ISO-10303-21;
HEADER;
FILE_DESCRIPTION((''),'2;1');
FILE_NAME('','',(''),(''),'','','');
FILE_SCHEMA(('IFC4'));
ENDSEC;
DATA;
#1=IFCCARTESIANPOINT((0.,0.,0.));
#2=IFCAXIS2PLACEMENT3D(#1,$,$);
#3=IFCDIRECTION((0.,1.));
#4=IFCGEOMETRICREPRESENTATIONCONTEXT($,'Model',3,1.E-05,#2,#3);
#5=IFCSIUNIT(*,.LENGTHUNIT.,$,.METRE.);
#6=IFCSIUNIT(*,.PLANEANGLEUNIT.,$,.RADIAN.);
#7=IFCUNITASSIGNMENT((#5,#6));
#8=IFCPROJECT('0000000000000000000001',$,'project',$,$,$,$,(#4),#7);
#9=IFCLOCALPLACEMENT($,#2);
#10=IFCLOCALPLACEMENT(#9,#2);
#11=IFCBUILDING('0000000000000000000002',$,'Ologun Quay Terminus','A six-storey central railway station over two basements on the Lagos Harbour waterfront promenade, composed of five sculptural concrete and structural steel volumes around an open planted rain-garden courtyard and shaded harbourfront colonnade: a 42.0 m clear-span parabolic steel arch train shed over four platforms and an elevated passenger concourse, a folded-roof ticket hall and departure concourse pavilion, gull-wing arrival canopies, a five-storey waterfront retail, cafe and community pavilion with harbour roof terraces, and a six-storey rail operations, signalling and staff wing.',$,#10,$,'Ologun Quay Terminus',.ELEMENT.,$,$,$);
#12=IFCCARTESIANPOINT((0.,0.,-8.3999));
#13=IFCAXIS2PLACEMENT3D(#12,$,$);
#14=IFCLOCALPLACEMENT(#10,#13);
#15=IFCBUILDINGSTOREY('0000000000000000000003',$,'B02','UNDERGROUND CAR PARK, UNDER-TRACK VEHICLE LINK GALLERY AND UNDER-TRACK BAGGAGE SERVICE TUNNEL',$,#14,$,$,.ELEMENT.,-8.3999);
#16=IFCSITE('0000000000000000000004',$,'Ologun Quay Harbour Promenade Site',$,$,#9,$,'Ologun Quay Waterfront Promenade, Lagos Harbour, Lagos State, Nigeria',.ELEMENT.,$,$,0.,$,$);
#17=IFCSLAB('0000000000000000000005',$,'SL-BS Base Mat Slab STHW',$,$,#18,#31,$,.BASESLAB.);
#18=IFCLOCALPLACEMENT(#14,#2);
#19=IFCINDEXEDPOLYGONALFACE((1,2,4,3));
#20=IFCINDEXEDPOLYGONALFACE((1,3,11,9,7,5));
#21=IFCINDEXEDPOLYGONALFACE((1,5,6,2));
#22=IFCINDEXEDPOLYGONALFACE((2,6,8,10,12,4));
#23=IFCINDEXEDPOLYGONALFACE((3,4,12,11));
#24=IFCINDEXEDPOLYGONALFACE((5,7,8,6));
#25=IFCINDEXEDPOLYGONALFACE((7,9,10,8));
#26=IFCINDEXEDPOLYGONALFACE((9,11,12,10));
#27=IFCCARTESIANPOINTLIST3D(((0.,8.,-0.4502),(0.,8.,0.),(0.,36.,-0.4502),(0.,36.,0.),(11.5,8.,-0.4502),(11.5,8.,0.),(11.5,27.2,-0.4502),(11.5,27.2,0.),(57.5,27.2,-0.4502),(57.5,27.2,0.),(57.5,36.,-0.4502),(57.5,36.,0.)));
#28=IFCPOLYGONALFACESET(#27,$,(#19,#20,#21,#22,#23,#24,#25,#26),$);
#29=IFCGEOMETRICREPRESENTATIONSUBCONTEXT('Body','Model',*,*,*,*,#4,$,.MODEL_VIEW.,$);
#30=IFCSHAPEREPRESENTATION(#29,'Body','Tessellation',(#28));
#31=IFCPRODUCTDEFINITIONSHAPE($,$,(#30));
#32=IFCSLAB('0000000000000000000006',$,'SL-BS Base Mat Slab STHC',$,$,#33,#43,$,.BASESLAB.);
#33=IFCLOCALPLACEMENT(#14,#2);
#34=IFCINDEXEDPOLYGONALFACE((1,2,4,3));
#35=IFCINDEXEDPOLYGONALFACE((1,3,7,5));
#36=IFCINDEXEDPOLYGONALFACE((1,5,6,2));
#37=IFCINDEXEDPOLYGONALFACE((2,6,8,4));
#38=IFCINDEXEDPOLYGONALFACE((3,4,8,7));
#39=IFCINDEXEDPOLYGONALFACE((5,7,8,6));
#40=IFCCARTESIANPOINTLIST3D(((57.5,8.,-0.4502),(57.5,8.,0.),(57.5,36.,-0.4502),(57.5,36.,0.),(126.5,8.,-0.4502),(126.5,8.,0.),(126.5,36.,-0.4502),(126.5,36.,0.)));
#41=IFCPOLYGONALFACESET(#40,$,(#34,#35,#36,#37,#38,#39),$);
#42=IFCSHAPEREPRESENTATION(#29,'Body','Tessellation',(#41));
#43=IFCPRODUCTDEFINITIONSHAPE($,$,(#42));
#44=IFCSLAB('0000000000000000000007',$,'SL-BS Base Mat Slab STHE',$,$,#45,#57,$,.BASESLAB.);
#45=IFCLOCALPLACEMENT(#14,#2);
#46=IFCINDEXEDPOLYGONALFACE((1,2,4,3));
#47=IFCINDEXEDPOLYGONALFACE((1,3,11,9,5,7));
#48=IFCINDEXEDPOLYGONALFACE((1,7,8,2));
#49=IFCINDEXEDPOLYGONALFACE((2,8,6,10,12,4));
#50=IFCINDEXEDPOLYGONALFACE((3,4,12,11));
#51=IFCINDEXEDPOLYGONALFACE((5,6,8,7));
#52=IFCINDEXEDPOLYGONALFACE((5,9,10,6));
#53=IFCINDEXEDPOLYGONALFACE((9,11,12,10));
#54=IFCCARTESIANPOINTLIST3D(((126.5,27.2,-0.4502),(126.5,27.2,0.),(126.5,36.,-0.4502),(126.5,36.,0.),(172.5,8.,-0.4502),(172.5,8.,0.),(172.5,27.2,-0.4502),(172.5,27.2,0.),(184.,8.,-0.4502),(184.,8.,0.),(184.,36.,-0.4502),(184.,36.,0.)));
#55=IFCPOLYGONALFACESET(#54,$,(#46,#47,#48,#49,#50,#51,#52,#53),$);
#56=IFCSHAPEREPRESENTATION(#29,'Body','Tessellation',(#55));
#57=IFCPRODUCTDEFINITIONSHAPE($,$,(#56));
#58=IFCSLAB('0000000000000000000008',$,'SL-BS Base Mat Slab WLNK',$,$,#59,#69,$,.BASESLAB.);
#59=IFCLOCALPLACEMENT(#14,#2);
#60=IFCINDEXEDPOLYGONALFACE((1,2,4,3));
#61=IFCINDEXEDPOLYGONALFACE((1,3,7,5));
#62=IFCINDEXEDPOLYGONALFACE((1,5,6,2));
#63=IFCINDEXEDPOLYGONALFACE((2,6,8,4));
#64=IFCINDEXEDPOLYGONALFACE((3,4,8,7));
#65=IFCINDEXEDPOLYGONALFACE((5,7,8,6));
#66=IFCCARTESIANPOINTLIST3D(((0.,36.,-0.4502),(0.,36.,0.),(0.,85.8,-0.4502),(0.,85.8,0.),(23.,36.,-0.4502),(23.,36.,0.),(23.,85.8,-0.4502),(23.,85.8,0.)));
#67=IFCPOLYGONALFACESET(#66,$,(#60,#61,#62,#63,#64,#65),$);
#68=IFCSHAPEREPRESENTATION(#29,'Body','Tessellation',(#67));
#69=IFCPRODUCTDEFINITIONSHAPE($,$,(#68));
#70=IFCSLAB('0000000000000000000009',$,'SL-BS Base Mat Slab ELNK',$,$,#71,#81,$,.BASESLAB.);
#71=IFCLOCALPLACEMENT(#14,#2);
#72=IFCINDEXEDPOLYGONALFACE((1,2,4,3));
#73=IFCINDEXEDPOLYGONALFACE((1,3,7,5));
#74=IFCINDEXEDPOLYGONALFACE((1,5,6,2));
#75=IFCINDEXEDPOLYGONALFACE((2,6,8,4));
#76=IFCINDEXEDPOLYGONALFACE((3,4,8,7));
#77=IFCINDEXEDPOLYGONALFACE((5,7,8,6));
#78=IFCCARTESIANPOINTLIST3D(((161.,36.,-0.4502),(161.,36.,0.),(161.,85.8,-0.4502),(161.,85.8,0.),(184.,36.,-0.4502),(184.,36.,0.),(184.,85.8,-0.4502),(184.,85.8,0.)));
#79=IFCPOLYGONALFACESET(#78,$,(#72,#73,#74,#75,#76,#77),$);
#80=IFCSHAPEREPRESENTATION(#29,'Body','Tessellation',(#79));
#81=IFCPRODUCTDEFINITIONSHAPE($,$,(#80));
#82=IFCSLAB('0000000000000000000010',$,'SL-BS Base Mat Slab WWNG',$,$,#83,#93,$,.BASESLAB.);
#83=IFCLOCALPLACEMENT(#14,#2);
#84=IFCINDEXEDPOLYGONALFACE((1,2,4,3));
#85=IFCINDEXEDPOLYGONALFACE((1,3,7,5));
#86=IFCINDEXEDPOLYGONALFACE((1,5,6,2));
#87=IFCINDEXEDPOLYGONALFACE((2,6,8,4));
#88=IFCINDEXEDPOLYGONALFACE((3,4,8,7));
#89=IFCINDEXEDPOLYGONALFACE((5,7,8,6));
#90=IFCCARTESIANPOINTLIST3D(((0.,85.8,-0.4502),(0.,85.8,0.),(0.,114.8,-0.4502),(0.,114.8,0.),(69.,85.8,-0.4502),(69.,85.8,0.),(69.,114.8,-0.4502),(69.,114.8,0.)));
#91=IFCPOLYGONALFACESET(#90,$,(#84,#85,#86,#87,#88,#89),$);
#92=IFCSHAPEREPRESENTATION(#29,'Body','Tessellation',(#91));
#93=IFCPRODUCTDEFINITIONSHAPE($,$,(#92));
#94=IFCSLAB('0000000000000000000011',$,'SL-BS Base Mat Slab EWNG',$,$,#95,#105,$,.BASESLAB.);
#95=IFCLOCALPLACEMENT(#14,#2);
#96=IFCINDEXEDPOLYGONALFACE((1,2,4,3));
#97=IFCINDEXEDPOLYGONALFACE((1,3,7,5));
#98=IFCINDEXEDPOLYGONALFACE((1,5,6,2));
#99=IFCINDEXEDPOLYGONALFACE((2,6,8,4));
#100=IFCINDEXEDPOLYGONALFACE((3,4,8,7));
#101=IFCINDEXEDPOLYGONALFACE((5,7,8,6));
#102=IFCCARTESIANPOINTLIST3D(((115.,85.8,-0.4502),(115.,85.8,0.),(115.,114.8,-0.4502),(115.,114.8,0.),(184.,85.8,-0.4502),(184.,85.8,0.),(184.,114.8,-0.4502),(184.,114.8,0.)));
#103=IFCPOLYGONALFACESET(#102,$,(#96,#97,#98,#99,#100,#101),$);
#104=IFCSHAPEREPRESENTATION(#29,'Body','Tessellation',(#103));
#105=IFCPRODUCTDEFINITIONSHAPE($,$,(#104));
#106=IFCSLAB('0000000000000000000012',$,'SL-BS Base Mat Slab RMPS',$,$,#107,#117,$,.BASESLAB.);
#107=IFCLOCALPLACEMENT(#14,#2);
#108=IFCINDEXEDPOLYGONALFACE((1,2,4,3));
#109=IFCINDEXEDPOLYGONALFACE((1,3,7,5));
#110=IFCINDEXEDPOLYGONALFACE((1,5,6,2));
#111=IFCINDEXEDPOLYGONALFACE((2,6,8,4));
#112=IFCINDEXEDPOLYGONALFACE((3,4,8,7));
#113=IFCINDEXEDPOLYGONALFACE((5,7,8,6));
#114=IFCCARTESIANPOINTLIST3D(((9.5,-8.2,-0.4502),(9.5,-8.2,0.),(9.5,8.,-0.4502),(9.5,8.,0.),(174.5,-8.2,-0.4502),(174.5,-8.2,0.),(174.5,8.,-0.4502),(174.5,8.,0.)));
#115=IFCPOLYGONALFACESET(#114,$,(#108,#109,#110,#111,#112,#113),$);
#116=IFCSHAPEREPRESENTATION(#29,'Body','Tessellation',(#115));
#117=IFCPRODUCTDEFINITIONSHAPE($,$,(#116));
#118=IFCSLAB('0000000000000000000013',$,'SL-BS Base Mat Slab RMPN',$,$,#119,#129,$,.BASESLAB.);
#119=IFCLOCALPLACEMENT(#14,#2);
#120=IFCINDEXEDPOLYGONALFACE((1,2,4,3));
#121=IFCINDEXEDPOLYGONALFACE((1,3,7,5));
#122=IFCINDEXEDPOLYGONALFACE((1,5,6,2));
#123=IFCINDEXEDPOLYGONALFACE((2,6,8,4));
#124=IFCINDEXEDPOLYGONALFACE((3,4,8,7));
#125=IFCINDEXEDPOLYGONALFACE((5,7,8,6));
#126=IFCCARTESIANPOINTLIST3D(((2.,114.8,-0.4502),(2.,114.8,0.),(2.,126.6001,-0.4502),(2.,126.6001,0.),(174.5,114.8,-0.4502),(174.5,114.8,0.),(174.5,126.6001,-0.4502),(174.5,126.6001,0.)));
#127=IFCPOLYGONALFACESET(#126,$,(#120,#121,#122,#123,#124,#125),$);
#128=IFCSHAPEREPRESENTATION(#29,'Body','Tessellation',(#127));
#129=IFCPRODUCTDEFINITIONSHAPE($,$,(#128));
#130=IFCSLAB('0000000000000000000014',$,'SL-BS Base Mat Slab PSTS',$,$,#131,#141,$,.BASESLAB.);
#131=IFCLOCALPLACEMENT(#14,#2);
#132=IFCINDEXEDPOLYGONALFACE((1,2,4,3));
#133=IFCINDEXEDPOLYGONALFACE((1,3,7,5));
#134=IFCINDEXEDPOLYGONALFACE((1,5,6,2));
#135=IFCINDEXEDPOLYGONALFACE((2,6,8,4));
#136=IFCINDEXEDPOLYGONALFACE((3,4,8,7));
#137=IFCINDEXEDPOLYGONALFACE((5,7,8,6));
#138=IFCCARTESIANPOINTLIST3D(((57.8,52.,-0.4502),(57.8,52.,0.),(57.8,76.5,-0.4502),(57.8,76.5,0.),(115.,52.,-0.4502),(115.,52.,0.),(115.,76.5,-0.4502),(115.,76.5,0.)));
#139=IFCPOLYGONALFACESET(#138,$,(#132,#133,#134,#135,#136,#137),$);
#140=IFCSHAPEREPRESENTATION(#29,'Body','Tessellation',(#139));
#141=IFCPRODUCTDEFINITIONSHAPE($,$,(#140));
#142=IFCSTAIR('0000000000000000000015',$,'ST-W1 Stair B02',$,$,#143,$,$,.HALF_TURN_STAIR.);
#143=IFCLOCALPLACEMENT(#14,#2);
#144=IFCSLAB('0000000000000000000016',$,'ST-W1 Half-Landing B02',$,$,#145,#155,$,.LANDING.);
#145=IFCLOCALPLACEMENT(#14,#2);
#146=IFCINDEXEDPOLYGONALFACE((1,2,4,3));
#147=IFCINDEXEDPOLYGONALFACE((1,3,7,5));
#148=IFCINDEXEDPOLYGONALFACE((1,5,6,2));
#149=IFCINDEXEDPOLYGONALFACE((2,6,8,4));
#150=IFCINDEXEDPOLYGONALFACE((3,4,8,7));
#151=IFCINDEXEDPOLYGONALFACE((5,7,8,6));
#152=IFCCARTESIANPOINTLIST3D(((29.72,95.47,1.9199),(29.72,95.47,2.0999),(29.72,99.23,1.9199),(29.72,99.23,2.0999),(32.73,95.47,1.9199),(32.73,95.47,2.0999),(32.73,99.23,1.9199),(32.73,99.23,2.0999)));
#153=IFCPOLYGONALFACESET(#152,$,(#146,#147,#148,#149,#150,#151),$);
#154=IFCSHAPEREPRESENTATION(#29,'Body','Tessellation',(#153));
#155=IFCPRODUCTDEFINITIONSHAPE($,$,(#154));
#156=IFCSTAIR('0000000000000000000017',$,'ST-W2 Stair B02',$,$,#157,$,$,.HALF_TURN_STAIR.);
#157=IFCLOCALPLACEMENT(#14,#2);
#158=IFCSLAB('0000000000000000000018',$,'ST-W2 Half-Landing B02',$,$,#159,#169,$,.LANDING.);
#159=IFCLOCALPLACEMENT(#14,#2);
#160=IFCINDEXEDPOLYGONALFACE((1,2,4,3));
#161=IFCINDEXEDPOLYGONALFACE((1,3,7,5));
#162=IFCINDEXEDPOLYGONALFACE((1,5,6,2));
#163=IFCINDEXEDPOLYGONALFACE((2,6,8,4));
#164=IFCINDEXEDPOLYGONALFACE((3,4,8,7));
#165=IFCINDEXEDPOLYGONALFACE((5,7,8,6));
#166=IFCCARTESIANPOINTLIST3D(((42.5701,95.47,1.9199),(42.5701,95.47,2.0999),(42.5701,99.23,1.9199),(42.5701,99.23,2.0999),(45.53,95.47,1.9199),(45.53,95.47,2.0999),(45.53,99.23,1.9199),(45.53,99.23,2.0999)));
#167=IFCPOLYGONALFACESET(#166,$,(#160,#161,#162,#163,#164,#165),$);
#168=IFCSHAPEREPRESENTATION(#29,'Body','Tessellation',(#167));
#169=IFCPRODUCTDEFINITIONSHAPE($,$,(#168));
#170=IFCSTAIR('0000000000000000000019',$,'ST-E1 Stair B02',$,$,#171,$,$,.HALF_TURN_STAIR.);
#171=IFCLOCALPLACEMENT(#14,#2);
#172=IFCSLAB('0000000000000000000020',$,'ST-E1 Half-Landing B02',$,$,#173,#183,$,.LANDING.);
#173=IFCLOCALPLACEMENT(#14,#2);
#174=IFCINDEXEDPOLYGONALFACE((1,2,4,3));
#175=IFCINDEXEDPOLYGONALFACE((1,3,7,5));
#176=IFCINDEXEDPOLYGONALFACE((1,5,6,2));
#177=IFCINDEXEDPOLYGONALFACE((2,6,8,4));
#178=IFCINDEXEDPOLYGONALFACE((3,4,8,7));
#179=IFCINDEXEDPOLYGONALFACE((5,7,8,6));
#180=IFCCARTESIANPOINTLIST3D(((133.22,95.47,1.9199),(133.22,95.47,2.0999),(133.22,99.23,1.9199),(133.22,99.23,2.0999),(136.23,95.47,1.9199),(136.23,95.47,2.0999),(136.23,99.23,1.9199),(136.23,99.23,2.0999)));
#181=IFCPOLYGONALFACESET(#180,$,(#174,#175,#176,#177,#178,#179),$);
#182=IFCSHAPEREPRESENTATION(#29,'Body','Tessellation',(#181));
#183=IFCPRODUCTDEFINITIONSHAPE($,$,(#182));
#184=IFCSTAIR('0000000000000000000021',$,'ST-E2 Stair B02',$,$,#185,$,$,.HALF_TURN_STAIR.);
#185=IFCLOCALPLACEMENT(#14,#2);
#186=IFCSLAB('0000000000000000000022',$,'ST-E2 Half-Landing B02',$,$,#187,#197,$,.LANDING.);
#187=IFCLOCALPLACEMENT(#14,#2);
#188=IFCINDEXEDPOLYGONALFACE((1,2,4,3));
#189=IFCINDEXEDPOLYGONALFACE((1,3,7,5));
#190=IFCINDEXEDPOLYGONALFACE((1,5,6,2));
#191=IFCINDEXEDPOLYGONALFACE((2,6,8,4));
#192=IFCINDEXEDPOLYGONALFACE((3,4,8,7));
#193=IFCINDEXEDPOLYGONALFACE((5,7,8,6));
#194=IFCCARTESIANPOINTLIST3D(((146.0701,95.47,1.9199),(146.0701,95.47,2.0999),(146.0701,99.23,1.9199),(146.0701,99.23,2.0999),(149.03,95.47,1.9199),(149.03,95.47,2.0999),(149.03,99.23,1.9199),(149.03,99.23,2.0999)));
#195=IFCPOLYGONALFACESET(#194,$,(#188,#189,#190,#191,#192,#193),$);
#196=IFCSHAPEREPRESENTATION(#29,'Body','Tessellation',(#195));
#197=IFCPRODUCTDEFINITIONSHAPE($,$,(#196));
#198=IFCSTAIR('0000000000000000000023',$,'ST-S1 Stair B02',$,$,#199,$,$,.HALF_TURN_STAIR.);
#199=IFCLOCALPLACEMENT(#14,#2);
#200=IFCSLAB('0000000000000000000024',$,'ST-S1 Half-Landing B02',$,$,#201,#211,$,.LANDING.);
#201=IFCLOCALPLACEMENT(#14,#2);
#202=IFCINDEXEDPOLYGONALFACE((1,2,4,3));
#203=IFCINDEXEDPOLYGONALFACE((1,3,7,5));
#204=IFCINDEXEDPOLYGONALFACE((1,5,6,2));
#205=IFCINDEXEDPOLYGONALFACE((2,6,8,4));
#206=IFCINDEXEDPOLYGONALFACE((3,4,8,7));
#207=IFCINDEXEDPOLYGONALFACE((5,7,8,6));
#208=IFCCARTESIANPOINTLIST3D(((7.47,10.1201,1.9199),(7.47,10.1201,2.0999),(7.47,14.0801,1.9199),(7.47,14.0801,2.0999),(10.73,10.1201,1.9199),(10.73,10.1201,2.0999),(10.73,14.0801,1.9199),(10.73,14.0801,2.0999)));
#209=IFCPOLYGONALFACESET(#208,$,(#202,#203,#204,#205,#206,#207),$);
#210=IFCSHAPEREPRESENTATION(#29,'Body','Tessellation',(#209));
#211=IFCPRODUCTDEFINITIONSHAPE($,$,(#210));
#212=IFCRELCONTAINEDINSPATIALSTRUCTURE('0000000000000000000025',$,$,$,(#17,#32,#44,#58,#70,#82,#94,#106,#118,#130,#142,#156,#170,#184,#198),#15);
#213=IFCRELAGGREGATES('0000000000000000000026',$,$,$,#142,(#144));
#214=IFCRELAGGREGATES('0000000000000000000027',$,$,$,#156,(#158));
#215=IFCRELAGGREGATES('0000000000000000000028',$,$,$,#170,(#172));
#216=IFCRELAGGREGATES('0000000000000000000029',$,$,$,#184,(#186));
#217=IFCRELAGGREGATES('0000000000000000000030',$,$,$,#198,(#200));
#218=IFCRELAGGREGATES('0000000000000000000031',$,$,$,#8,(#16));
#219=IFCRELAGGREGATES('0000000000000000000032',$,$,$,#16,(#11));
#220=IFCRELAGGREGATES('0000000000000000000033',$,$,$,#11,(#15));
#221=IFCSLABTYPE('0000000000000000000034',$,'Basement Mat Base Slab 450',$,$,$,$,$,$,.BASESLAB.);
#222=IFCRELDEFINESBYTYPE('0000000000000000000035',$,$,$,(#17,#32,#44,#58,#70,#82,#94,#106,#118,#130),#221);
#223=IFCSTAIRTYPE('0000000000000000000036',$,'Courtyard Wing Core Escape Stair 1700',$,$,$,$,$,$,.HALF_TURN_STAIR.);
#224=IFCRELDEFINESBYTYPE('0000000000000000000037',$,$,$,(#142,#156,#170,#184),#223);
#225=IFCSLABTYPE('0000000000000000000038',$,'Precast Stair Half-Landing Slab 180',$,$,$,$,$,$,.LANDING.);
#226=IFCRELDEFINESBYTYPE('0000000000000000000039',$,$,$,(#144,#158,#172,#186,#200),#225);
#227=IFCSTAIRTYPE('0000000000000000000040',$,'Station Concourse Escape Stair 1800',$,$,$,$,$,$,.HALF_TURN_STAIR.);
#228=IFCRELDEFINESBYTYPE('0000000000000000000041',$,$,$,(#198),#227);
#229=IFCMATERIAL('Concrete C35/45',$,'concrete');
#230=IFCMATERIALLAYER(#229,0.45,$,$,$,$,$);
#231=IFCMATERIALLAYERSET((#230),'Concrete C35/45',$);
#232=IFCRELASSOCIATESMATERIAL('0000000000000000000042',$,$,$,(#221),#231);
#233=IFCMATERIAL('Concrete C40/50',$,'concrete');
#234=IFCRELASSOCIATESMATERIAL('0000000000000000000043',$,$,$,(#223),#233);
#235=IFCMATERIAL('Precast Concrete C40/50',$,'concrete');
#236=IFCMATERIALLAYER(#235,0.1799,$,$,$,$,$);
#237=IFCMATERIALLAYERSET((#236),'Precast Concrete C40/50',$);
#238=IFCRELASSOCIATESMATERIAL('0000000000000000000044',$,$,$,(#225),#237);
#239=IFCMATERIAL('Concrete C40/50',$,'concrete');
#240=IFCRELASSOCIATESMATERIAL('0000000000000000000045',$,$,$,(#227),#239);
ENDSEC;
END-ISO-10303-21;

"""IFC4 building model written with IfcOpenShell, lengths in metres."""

from ifc_helpers import new_model, si_unit, direction, frame, origin, place, context, subcontext, project, spatial, polyline, outline, extrude, material, layer, layer_set, type_object, element, aggregate, save


model = new_model("IFC4")

# Units and contexts
model_context = context("Model", 3, precision=1e-05, world=origin(), true_north=direction((0.0, 1.0)))
body_context = subcontext(model_context, "Body", "Model", "MODEL_VIEW")
ifc_project = project(units=[si_unit("LENGTHUNIT", "METRE"), si_unit("PLANEANGLEUNIT", "RADIAN")], contexts=[model_context])

# Site, building, storey
site_placement = place(None, origin())
site = spatial("IfcSite", under=ifc_project, at=site_placement, Name="Ologun Quay Harbour Promenade Site", LongName="Ologun Quay Waterfront Promenade, Lagos Harbour, Lagos State, Nigeria", CompositionType="ELEMENT", RefElevation=0.0)
building_placement = place(site_placement, origin())
building = spatial("IfcBuilding", under=site, at=building_placement, Name="Ologun Quay Terminus", Description="A six-storey central railway station over two basements on the Lagos Harbour waterfront promenade, composed of five sculptural concrete and structural steel volumes around an open planted rain-garden courtyard and shaded harbourfront colonnade: a 42.0 m clear-span parabolic steel arch train shed over four platforms and an elevated passenger concourse, a folded-roof ticket hall and departure concourse pavilion, gull-wing arrival canopies, a five-storey waterfront retail, cafe and community pavilion with harbour roof terraces, and a six-storey rail operations, signalling and staff wing.", LongName="Ologun Quay Terminus", CompositionType="ELEMENT")
storey_placement = place(building_placement, frame((0.0, 0.0, -8.3999)))
storey = spatial("IfcBuildingStorey", under=building, at=storey_placement, Name="B02", Description="UNDERGROUND CAR PARK, UNDER-TRACK VEHICLE LINK GALLERY AND UNDER-TRACK BAGGAGE SERVICE TUNNEL", CompositionType="ELEMENT", Elevation=-8.3999)

# Slabs
ifc_material_1 = material(Name="Concrete C35/45", Category="concrete")
ifc_layer_1 = layer(ifc_material_1, 0.45)
ifc_layer_set_1 = layer_set([ifc_layer_1], Name="Concrete C35/45")
slab_type_1 = type_object("IfcSlabType", Name="Basement Mat Base Slab 450", PredefinedType="BASESLAB", material=ifc_layer_set_1)
slab_1_placement = place(storey_placement, frame((0.0, 0.0, -0.4502)))
element("IfcSlab", 1, at=slab_1_placement, inside=storey, type_object=slab_type_1, Name="SL-BS Base Mat Slab STHW", PredefinedType="BASESLAB", context=body_context, shape_type="SweptSolid", body=[
    extrude(outline(polyline([(0.0, 8.0), (11.5, 8.0), (11.5, 27.2), (57.5, 27.2), (57.5, 36.0), (0.0, 36.0), (0.0, 8.0)])), origin(), (0.0, 0.0, 1.0), 0.4502),
])
slab_2_placement = place(storey_placement, frame((0.0, 0.0, -0.4502)))
element("IfcSlab", 2, at=slab_2_placement, inside=storey, type_object=slab_type_1, Name="SL-BS Base Mat Slab STHC", PredefinedType="BASESLAB", context=body_context, shape_type="SweptSolid", body=[
    extrude(outline(polyline([(57.5, 8.0), (126.5, 8.0), (126.5, 36.0), (57.5, 36.0), (57.5, 8.0)])), origin(), (0.0, 0.0, 1.0), 0.4502),
])
slab_3_placement = place(storey_placement, frame((0.0, 0.0, -0.4502)))
element("IfcSlab", 3, at=slab_3_placement, inside=storey, type_object=slab_type_1, Name="SL-BS Base Mat Slab STHE", PredefinedType="BASESLAB", context=body_context, shape_type="SweptSolid", body=[
    extrude(outline(polyline([(126.5, 27.2), (172.5, 27.2), (172.5, 8.0), (184.0, 8.0), (184.0, 36.0), (126.5, 36.0), (126.5, 27.2)])), origin(), (0.0, 0.0, 1.0), 0.4502),
])
slab_4_placement = place(storey_placement, frame((0.0, 0.0, -0.4502)))
element("IfcSlab", 4, at=slab_4_placement, inside=storey, type_object=slab_type_1, Name="SL-BS Base Mat Slab WLNK", PredefinedType="BASESLAB", context=body_context, shape_type="SweptSolid", body=[
    extrude(outline(polyline([(0.0, 36.0), (23.0, 36.0), (23.0, 85.8), (0.0, 85.8), (0.0, 36.0)])), origin(), (0.0, 0.0, 1.0), 0.4502),
])
slab_5_placement = place(storey_placement, frame((0.0, 0.0, -0.4502)))
element("IfcSlab", 5, at=slab_5_placement, inside=storey, type_object=slab_type_1, Name="SL-BS Base Mat Slab ELNK", PredefinedType="BASESLAB", context=body_context, shape_type="SweptSolid", body=[
    extrude(outline(polyline([(161.0, 36.0), (184.0, 36.0), (184.0, 85.8), (161.0, 85.8), (161.0, 36.0)])), origin(), (0.0, 0.0, 1.0), 0.4502),
])
slab_6_placement = place(storey_placement, frame((0.0, 0.0, -0.4502)))
element("IfcSlab", 6, at=slab_6_placement, inside=storey, type_object=slab_type_1, Name="SL-BS Base Mat Slab WWNG", PredefinedType="BASESLAB", context=body_context, shape_type="SweptSolid", body=[
    extrude(outline(polyline([(0.0, 85.8), (69.0, 85.8), (69.0, 114.8), (0.0, 114.8), (0.0, 85.8)])), origin(), (0.0, 0.0, 1.0), 0.4502),
])
slab_7_placement = place(storey_placement, frame((0.0, 0.0, -0.4502)))
element("IfcSlab", 7, at=slab_7_placement, inside=storey, type_object=slab_type_1, Name="SL-BS Base Mat Slab EWNG", PredefinedType="BASESLAB", context=body_context, shape_type="SweptSolid", body=[
    extrude(outline(polyline([(115.0, 85.8), (184.0, 85.8), (184.0, 114.8), (115.0, 114.8), (115.0, 85.8)])), origin(), (0.0, 0.0, 1.0), 0.4502),
])
slab_8_placement = place(storey_placement, frame((0.0, 0.0, -0.4502)))
element("IfcSlab", 8, at=slab_8_placement, inside=storey, type_object=slab_type_1, Name="SL-BS Base Mat Slab RMPS", PredefinedType="BASESLAB", context=body_context, shape_type="SweptSolid", body=[
    extrude(outline(polyline([(9.5, -8.2), (174.5, -8.2), (174.5, 8.0), (9.5, 8.0), (9.5, -8.2)])), origin(), (0.0, 0.0, 1.0), 0.4502),
])
slab_9_placement = place(storey_placement, frame((0.0, 0.0, -0.4502)))
element("IfcSlab", 9, at=slab_9_placement, inside=storey, type_object=slab_type_1, Name="SL-BS Base Mat Slab RMPN", PredefinedType="BASESLAB", context=body_context, shape_type="SweptSolid", body=[
    extrude(outline(polyline([(2.0, 114.8), (174.5, 114.8), (174.5, 126.6001), (2.0, 126.6001), (2.0, 114.8)])), origin(), (0.0, 0.0, 1.0), 0.4502),
])
slab_10_placement = place(storey_placement, frame((0.0, 0.0, -0.4502)))
element("IfcSlab", 10, at=slab_10_placement, inside=storey, type_object=slab_type_1, Name="SL-BS Base Mat Slab PSTS", PredefinedType="BASESLAB", context=body_context, shape_type="SweptSolid", body=[
    extrude(outline(polyline([(57.8, 52.0), (115.0, 52.0), (115.0, 76.5), (57.8, 76.5), (57.8, 52.0)])), origin(), (0.0, 0.0, 1.0), 0.4502),
])

# Stairs, slabs
ifc_material_2 = material(Name="Concrete C40/50", Category="concrete")
stair_type_1 = type_object("IfcStairType", Name="Courtyard Wing Core Escape Stair 1700", PredefinedType="HALF_TURN_STAIR", material=ifc_material_2)
stair_1_placement = place(storey_placement, origin())
stair_1 = element("IfcStair", 11, at=stair_1_placement, inside=storey, type_object=stair_type_1, Name="ST-W1 Stair B02", PredefinedType="HALF_TURN_STAIR")
ifc_material_3 = material(Name="Precast Concrete C40/50", Category="concrete")
ifc_layer_2 = layer(ifc_material_3, 0.1799)
ifc_layer_set_2 = layer_set([ifc_layer_2], Name="Precast Concrete C40/50")
slab_type_2 = type_object("IfcSlabType", Name="Precast Stair Half-Landing Slab 180", PredefinedType="LANDING", material=ifc_layer_set_2)
slab_11_placement = place(storey_placement, frame((0.0, 0.0, 1.9199)))
slab_11 = element("IfcSlab", 12, at=slab_11_placement, type_object=slab_type_2, Name="ST-W1 Half-Landing B02", PredefinedType="LANDING", context=body_context, shape_type="SweptSolid", body=[
    extrude(outline(polyline([(29.72, 95.47), (32.73, 95.47), (32.73, 99.23), (29.72, 99.23), (29.72, 95.47)])), origin(), (0.0, 0.0, 1.0), 0.1799),
])
aggregate(stair_1, [slab_11])
stair_2_placement = place(storey_placement, origin())
stair_2 = element("IfcStair", 13, at=stair_2_placement, inside=storey, type_object=stair_type_1, Name="ST-W2 Stair B02", PredefinedType="HALF_TURN_STAIR")
slab_12_placement = place(storey_placement, frame((0.0, 0.0, 1.9199)))
slab_12 = element("IfcSlab", 14, at=slab_12_placement, type_object=slab_type_2, Name="ST-W2 Half-Landing B02", PredefinedType="LANDING", context=body_context, shape_type="SweptSolid", body=[
    extrude(outline(polyline([(42.5701, 95.47), (45.53, 95.47), (45.53, 99.23), (42.5701, 99.23), (42.5701, 95.47)])), origin(), (0.0, 0.0, 1.0), 0.1799),
])
aggregate(stair_2, [slab_12])
stair_3_placement = place(storey_placement, origin())
stair_3 = element("IfcStair", 15, at=stair_3_placement, inside=storey, type_object=stair_type_1, Name="ST-E1 Stair B02", PredefinedType="HALF_TURN_STAIR")
slab_13_placement = place(storey_placement, frame((0.0, 0.0, 1.9199)))
slab_13 = element("IfcSlab", 16, at=slab_13_placement, type_object=slab_type_2, Name="ST-E1 Half-Landing B02", PredefinedType="LANDING", context=body_context, shape_type="SweptSolid", body=[
    extrude(outline(polyline([(133.22, 95.47), (136.23, 95.47), (136.23, 99.23), (133.22, 99.23), (133.22, 95.47)])), origin(), (0.0, 0.0, 1.0), 0.1799),
])
aggregate(stair_3, [slab_13])
stair_4_placement = place(storey_placement, origin())
stair_4 = element("IfcStair", 17, at=stair_4_placement, inside=storey, type_object=stair_type_1, Name="ST-E2 Stair B02", PredefinedType="HALF_TURN_STAIR")
slab_14_placement = place(storey_placement, frame((0.0, 0.0, 1.9199)))
slab_14 = element("IfcSlab", 18, at=slab_14_placement, type_object=slab_type_2, Name="ST-E2 Half-Landing B02", PredefinedType="LANDING", context=body_context, shape_type="SweptSolid", body=[
    extrude(outline(polyline([(146.0701, 95.47), (149.03, 95.47), (149.03, 99.23), (146.0701, 99.23), (146.0701, 95.47)])), origin(), (0.0, 0.0, 1.0), 0.1799),
])
aggregate(stair_4, [slab_14])
ifc_material_4 = material(Name="Concrete C40/50", Category="concrete")
stair_type_2 = type_object("IfcStairType", Name="Station Concourse Escape Stair 1800", PredefinedType="HALF_TURN_STAIR", material=ifc_material_4)
stair_5_placement = place(storey_placement, origin())
stair_5 = element("IfcStair", 19, at=stair_5_placement, inside=storey, type_object=stair_type_2, Name="ST-S1 Stair B02", PredefinedType="HALF_TURN_STAIR")
slab_15_placement = place(storey_placement, frame((0.0, 0.0, 1.9199)))
slab_15 = element("IfcSlab", 20, at=slab_15_placement, type_object=slab_type_2, Name="ST-S1 Half-Landing B02", PredefinedType="LANDING", context=body_context, shape_type="SweptSolid", body=[
    extrude(outline(polyline([(7.47, 10.1201), (10.73, 10.1201), (10.73, 14.0801), (7.47, 14.0801), (7.47, 10.1201)])), origin(), (0.0, 0.0, 1.0), 0.1799),
])
aggregate(stair_5, [slab_15])

save(model, "model.ifc")
